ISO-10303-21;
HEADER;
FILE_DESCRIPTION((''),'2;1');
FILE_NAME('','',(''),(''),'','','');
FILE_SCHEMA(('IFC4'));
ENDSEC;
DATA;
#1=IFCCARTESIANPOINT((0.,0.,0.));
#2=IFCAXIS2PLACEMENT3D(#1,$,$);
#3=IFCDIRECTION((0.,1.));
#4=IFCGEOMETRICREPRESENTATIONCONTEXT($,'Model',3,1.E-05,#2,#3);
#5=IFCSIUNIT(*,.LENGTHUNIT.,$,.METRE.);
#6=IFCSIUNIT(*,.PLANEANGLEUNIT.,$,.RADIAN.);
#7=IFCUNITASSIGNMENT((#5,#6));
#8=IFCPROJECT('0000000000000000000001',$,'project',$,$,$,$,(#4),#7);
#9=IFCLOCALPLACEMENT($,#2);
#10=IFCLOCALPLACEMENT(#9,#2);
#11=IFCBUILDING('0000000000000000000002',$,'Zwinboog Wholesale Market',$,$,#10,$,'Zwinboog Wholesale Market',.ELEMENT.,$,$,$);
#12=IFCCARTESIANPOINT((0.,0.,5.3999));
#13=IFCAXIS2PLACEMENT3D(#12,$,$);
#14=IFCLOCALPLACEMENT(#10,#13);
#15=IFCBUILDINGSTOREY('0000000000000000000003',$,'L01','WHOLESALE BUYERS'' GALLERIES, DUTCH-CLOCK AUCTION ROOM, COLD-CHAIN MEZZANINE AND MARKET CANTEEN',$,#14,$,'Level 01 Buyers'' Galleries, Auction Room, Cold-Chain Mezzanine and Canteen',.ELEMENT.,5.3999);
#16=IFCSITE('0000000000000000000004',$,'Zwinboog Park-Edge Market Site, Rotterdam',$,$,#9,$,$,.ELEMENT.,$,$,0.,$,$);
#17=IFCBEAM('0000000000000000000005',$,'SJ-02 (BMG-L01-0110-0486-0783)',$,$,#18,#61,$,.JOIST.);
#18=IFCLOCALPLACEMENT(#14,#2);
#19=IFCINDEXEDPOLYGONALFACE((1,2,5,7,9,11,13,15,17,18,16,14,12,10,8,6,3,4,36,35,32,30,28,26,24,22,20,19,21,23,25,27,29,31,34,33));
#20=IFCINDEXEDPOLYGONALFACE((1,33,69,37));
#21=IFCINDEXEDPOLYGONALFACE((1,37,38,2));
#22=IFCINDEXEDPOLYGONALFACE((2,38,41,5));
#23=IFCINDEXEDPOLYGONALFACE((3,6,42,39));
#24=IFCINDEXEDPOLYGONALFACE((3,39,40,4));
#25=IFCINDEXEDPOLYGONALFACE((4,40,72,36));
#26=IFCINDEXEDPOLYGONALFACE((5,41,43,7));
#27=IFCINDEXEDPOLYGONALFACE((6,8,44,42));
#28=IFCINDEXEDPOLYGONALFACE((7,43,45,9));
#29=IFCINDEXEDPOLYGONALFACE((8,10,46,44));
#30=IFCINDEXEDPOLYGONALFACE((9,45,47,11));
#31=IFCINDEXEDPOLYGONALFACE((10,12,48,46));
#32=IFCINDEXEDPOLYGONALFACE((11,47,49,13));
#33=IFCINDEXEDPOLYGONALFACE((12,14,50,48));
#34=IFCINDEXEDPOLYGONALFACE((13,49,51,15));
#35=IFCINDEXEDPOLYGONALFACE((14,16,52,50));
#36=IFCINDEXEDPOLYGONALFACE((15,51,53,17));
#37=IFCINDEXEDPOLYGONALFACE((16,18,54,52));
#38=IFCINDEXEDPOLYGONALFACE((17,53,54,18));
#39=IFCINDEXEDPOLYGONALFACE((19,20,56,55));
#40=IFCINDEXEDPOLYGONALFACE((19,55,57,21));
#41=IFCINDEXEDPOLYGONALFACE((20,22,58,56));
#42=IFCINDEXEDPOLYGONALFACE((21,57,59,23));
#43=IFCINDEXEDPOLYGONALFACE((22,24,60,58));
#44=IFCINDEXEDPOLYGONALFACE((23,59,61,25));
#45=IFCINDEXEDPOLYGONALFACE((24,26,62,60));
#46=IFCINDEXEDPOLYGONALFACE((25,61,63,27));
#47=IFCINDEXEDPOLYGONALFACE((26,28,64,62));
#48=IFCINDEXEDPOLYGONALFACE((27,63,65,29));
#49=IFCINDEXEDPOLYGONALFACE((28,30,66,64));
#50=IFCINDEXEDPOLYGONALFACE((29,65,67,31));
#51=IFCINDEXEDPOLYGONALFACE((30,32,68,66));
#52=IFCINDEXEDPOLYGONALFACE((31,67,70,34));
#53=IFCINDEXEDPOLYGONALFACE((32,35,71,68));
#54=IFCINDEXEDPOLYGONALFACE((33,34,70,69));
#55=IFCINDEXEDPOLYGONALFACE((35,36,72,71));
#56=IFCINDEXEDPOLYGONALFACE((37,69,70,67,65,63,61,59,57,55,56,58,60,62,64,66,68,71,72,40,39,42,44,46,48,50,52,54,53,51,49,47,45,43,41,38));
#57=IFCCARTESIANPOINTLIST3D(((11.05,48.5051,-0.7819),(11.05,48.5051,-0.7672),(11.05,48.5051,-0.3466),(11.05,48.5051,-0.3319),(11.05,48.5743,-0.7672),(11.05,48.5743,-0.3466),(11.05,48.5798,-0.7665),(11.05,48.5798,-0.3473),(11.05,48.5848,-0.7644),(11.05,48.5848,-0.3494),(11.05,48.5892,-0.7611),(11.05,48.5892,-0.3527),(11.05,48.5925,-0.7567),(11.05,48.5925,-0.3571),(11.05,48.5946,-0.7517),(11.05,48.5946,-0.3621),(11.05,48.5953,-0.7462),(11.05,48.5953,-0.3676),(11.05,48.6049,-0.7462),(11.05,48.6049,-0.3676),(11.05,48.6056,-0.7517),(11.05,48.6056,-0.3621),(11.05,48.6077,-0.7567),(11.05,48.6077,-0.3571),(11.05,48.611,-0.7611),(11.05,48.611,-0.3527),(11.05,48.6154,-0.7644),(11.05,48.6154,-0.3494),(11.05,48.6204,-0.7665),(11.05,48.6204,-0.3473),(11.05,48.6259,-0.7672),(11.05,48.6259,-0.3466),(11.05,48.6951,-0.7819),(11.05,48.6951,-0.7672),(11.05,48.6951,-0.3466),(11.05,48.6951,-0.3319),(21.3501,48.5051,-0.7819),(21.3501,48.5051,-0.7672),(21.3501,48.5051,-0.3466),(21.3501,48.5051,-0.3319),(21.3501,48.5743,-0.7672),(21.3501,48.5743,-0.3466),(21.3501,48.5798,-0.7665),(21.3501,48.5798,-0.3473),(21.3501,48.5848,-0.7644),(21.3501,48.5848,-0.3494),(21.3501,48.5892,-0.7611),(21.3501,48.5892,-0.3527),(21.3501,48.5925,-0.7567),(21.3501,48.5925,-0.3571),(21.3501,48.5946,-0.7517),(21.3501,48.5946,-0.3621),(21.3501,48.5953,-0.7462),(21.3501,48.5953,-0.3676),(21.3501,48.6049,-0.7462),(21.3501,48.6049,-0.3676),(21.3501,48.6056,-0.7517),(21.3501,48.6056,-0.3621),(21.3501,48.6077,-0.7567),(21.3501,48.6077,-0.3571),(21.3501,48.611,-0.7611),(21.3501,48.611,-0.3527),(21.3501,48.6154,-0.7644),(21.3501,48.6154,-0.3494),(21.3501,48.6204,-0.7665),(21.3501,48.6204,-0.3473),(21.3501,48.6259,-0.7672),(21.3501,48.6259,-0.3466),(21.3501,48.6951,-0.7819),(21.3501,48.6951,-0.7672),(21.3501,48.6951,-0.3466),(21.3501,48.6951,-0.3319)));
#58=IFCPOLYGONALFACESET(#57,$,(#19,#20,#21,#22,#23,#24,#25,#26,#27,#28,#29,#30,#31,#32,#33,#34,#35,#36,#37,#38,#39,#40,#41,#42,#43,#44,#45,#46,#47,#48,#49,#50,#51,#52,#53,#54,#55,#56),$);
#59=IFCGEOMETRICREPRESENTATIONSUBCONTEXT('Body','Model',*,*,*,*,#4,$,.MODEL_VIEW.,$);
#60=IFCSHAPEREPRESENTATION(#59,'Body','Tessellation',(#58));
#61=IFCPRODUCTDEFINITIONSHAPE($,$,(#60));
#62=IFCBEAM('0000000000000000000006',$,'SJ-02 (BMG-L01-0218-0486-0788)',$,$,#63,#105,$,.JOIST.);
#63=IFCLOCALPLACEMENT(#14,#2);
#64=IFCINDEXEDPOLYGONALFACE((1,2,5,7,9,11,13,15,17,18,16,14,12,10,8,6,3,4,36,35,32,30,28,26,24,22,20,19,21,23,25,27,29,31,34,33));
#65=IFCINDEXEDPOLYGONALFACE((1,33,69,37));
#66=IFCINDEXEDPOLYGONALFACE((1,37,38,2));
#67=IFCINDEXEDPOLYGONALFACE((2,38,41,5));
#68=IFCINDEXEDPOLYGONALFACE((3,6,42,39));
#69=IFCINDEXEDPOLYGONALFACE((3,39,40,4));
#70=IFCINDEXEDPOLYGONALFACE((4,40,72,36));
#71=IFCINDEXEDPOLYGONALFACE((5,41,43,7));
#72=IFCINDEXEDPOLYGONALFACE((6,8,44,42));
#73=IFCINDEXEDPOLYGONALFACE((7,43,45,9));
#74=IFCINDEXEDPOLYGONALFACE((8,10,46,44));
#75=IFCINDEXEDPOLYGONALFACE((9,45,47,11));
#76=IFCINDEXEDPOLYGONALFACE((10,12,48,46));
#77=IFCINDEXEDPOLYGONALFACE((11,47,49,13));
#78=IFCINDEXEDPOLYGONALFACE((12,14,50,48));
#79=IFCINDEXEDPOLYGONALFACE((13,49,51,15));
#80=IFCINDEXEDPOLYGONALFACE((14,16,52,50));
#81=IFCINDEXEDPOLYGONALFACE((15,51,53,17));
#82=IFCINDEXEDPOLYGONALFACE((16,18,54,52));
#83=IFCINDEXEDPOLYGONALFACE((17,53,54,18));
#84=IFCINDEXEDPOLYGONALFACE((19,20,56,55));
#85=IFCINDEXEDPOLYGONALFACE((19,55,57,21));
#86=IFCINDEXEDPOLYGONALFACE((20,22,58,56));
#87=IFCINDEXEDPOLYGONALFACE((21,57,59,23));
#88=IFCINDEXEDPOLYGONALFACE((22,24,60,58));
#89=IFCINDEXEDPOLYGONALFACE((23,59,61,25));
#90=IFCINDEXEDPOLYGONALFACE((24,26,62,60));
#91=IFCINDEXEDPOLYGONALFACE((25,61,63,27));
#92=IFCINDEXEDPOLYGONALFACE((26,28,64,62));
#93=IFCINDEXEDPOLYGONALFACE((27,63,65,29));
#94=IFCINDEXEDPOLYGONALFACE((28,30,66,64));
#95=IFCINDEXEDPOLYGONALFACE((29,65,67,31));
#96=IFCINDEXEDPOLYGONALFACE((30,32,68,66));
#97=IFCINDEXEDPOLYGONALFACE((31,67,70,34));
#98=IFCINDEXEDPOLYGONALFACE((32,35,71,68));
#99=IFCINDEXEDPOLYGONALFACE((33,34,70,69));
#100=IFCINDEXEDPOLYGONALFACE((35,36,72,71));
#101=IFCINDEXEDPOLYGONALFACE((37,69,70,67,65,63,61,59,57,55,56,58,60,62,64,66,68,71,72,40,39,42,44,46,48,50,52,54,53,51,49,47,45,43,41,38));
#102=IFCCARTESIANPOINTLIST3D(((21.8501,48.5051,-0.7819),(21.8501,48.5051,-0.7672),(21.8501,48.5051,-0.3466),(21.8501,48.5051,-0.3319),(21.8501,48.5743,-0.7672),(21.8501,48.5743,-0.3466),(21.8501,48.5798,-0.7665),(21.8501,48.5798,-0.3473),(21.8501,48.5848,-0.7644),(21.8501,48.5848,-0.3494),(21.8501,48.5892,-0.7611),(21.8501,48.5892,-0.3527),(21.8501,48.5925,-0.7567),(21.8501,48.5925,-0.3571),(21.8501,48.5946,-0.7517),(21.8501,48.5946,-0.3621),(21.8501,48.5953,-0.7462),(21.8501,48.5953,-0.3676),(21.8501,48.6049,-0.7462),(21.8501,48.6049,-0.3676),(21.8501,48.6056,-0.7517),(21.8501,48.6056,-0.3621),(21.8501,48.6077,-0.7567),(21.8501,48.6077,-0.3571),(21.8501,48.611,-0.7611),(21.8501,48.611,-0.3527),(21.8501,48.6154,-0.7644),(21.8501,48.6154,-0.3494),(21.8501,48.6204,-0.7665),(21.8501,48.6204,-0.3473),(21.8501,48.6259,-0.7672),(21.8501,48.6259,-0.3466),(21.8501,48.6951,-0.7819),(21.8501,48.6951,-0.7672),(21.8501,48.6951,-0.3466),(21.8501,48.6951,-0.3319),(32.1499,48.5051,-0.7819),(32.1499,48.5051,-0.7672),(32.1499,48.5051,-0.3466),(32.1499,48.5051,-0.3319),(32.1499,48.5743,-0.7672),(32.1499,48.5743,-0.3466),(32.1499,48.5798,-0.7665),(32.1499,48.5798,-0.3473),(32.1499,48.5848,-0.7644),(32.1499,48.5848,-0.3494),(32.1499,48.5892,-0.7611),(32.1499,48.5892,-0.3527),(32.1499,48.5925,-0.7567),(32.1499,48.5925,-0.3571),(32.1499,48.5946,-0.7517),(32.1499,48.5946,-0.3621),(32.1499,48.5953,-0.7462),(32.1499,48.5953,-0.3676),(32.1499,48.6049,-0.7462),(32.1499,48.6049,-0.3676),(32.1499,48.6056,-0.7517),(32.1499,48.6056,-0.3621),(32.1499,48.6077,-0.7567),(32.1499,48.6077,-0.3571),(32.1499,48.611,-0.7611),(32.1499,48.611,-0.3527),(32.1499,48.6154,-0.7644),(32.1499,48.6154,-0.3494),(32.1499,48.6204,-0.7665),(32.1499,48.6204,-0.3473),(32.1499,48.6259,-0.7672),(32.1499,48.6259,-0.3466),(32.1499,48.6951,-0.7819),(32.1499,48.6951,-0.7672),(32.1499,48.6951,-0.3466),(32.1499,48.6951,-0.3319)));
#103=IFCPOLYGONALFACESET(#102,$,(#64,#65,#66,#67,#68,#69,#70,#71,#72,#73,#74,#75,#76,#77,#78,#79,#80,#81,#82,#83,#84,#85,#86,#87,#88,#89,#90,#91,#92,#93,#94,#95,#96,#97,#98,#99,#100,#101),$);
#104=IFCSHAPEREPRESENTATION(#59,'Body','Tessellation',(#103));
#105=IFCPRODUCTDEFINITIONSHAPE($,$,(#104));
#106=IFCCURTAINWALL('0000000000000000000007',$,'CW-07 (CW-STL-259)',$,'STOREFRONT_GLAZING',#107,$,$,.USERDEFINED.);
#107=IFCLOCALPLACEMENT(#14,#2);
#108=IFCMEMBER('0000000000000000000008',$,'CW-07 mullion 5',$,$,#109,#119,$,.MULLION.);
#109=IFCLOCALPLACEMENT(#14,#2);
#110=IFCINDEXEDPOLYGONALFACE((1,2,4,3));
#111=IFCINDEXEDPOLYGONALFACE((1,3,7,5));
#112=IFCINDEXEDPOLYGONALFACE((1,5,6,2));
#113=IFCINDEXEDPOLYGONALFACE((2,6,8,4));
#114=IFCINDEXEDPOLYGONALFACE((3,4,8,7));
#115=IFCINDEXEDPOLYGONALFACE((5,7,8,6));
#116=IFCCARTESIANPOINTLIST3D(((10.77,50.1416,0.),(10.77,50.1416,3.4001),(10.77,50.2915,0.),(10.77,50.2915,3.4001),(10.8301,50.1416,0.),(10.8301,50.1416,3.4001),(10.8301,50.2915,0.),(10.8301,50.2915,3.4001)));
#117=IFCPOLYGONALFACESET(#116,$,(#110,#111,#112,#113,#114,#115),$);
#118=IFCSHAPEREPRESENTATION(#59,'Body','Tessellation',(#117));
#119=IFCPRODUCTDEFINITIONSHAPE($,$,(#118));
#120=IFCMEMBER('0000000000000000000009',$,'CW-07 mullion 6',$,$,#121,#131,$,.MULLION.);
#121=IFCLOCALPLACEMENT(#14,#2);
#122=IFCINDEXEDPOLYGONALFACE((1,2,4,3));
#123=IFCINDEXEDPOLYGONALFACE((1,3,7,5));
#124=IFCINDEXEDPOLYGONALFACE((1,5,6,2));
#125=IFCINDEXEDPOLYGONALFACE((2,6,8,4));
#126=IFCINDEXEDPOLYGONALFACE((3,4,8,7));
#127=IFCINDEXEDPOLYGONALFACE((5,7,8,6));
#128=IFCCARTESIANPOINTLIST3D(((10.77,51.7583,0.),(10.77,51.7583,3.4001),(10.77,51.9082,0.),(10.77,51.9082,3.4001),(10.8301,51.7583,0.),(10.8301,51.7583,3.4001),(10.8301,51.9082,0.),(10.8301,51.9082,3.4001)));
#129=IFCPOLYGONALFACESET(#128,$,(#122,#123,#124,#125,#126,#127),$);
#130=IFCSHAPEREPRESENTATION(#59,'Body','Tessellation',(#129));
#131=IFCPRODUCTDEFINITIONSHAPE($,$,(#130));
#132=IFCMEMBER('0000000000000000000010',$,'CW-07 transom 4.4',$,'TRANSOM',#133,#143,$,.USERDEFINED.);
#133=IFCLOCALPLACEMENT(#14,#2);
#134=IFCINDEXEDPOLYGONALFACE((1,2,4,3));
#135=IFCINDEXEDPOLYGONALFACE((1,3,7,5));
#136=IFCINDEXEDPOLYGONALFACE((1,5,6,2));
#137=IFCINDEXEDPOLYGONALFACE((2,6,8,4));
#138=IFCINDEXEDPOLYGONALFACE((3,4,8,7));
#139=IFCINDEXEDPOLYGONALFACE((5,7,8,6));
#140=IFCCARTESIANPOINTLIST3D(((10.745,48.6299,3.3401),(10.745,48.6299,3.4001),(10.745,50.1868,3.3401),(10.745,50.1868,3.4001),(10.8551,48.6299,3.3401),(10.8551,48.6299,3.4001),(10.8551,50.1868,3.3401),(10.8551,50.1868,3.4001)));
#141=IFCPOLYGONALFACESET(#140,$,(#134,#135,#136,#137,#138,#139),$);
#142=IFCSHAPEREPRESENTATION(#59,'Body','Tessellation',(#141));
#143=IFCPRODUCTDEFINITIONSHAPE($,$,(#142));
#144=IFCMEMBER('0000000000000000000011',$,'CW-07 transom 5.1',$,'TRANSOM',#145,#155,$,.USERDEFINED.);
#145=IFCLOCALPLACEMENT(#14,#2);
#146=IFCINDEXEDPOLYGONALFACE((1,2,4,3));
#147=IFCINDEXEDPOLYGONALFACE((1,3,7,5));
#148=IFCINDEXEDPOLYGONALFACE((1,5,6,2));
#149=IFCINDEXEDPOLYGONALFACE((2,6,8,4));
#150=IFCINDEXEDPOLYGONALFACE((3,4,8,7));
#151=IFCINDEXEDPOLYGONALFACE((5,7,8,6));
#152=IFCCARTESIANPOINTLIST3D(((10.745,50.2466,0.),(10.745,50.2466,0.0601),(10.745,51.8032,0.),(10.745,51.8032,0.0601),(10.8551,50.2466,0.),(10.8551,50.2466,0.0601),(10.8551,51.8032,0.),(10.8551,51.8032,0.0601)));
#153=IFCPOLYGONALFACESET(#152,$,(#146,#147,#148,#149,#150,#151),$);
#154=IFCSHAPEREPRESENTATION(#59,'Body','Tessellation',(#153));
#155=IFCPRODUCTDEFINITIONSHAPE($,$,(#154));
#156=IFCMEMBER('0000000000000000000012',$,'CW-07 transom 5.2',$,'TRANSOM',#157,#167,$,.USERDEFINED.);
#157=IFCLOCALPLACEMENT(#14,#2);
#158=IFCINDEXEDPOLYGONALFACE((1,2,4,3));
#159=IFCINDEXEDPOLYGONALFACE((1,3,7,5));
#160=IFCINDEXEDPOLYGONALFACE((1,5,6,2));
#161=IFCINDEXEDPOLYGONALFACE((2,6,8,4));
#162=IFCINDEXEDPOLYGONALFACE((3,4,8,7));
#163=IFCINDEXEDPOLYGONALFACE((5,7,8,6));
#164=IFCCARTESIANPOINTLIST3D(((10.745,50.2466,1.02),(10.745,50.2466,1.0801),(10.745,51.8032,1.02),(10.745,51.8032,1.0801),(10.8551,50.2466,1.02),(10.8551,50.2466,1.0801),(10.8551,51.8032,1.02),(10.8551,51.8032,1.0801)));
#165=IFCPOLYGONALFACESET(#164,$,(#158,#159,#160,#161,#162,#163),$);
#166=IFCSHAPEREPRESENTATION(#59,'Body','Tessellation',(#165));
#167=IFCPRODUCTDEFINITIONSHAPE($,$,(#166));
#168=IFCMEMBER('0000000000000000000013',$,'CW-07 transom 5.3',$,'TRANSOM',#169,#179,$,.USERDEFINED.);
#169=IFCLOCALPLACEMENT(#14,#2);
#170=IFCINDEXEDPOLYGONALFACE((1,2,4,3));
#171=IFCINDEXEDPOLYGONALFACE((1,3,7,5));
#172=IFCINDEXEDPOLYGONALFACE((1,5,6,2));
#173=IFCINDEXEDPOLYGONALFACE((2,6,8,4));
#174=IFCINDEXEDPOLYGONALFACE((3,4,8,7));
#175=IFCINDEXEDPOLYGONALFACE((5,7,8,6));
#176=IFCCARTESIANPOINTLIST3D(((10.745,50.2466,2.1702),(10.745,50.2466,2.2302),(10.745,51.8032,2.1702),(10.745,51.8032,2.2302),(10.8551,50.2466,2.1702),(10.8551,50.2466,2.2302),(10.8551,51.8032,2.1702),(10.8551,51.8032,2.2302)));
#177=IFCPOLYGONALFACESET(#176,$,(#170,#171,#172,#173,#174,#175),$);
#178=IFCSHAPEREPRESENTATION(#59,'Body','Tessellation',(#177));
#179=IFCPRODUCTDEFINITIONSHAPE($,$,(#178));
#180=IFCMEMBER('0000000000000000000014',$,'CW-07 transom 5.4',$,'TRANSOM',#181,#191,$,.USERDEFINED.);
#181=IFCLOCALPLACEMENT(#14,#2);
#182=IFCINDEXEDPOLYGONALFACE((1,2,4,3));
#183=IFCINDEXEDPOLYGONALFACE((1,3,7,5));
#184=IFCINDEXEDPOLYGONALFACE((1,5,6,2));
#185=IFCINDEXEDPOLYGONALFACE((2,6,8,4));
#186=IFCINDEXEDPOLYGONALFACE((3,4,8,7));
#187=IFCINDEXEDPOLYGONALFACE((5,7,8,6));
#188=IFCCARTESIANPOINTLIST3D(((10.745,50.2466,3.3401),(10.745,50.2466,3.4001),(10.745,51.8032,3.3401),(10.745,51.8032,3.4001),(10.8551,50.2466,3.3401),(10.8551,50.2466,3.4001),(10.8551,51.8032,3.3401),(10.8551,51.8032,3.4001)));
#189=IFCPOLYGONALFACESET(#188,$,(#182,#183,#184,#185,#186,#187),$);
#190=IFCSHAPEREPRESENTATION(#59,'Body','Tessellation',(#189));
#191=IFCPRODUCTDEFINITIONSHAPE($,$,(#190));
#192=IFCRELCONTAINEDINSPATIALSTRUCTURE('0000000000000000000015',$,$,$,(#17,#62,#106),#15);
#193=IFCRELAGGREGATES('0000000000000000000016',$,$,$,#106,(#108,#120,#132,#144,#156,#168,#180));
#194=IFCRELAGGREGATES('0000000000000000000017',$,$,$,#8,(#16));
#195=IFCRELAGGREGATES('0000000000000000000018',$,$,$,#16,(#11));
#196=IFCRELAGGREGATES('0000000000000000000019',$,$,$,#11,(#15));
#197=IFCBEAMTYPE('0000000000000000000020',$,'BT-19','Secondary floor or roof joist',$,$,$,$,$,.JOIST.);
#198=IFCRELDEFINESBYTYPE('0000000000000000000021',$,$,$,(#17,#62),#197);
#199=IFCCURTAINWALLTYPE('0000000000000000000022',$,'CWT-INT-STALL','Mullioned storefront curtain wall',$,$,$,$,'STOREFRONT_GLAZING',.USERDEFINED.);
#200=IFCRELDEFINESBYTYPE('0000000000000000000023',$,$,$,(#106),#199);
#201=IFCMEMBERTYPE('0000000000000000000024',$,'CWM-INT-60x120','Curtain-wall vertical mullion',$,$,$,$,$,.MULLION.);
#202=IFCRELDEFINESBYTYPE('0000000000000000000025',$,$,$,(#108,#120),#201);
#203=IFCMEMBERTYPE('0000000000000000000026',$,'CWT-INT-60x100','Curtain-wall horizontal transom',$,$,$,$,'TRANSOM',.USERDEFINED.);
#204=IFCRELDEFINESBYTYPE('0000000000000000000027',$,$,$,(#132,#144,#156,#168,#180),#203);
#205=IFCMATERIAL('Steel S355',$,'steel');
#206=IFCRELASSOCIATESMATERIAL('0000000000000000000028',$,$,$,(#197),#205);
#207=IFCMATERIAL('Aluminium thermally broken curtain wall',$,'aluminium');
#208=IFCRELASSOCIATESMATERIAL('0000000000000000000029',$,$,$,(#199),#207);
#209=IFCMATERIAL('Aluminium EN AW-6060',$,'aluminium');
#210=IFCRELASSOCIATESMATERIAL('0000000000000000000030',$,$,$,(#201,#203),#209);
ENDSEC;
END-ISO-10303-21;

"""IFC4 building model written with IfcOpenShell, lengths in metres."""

from ifc_helpers import new_model, si_unit, direction, frame, origin, origin_2d, place, context, subcontext, project, spatial, rectangle, i_section, extrude, material, material_profile, profile_set, type_object, element, aggregate, save


model = new_model("IFC4")

# Units and contexts
model_context = context("Model", 3, precision=1e-05, world=origin(), true_north=direction((0.0, 1.0)))
body_context = subcontext(model_context, "Body", "Model", "MODEL_VIEW")
ifc_project = project(units=[si_unit("LENGTHUNIT", "METRE"), si_unit("PLANEANGLEUNIT", "RADIAN")], contexts=[model_context])

# Site, building, storey
site_placement = place(None, origin())
site = spatial("IfcSite", under=ifc_project, at=site_placement, Name="Zwinboog Park-Edge Market Site, Rotterdam", CompositionType="ELEMENT", RefElevation=0.0)
building_placement = place(site_placement, origin())
building = spatial("IfcBuilding", under=site, at=building_placement, Name="Zwinboog Wholesale Market", LongName="Zwinboog Wholesale Market", CompositionType="ELEMENT")
storey_placement = place(building_placement, frame((0.0, 0.0, 5.3999)))
storey = spatial("IfcBuildingStorey", under=building, at=storey_placement, Name="L01", Description="WHOLESALE BUYERS' GALLERIES, DUTCH-CLOCK AUCTION ROOM, COLD-CHAIN MEZZANINE AND MARKET CANTEEN", LongName="Level 01 Buyers' Galleries, Auction Room, Cold-Chain Mezzanine and Canteen", CompositionType="ELEMENT", Elevation=5.3999)

# Beams
ifc_material_1 = material(Name="Steel S355", Category="steel")
ifc_material_profile_1 = material_profile(ifc_material_1, i_section(OverallWidth=0.1899, OverallDepth=0.45, WebThickness=0.0095, FlangeThickness=0.0146, FilletRadius=0.021, at=origin_2d()), Name="IPE 450")
ifc_profile_set_1 = profile_set([ifc_material_profile_1], Name="Steel S355")
beam_type = type_object("IfcBeamType", Name="BT-19", Description="Secondary floor or roof joist", PredefinedType="JOIST", material=ifc_profile_set_1)
beam_1_placement = place(storey_placement, frame((11.05, 48.6001, -0.5569), z_axis=(1.0, 0.0, 0.0), x_axis=(0.0, 1.0, 0.0)))
element("IfcBeam", 1, at=beam_1_placement, inside=storey, type_object=beam_type, Name="SJ-02 (BMG-L01-0110-0486-0783)", PredefinedType="JOIST", context=body_context, shape_type="SweptSolid", body=[
    extrude(i_section(OverallWidth=0.1899, OverallDepth=0.45, WebThickness=0.0095, FlangeThickness=0.0146, FilletRadius=0.021, at=origin_2d()), origin(), (0.0, 0.0, 1.0), 10.3),
])
beam_2_placement = place(storey_placement, frame((21.8501, 48.6001, -0.5569), z_axis=(1.0, 0.0, 0.0), x_axis=(0.0, 1.0, 0.0)))
element("IfcBeam", 2, at=beam_2_placement, inside=storey, type_object=beam_type, Name="SJ-02 (BMG-L01-0218-0486-0788)", PredefinedType="JOIST", context=body_context, shape_type="SweptSolid", body=[
    extrude(i_section(OverallWidth=0.1899, OverallDepth=0.45, WebThickness=0.0095, FlangeThickness=0.0146, FilletRadius=0.021, at=origin_2d()), origin(), (0.0, 0.0, 1.0), 10.2998),
])

# Curtain wall, members
ifc_material_2 = material(Name="Aluminium thermally broken curtain wall", Category="aluminium")
curtain_wall_type = type_object("IfcCurtainWallType", Name="CWT-INT-STALL", Description="Mullioned storefront curtain wall", ElementType="STOREFRONT_GLAZING", PredefinedType="USERDEFINED", material=ifc_material_2)
curtain_wall_placement = place(storey_placement, origin())
curtain_wall = element("IfcCurtainWall", 3, at=curtain_wall_placement, inside=storey, type_object=curtain_wall_type, Name="CW-07 (CW-STL-259)", ObjectType="STOREFRONT_GLAZING", PredefinedType="USERDEFINED")
ifc_material_3 = material(Name="Aluminium EN AW-6060", Category="aluminium")
ifc_material_profile_2 = material_profile(ifc_material_3, rectangle(XDim=0.0601, YDim=0.1499, at=origin_2d()), Name="AL 60x150")
ifc_profile_set_2 = profile_set([ifc_material_profile_2], Name="Aluminium EN AW-6060")
member_type_1 = type_object("IfcMemberType", Name="CWM-INT-60x120", Description="Curtain-wall vertical mullion", PredefinedType="MULLION", material=ifc_profile_set_2)
member_1_placement = place(storey_placement, frame((10.8, 50.2166, 0.0), z_axis=(0.0, 0.0, 1.0), x_axis=(-1.0, 0.0, 0.0)))
member_1 = element("IfcMember", 4, at=member_1_placement, type_object=member_type_1, Name="CW-07 mullion 5", PredefinedType="MULLION", context=body_context, shape_type="SweptSolid", body=[
    extrude(rectangle(XDim=0.0601, YDim=0.1499, at=origin_2d()), origin(), (0.0, 0.0, 1.0), 3.4001),
])
member_2_placement = place(storey_placement, frame((10.8, 51.8333, 0.0), z_axis=(0.0, 0.0, 1.0), x_axis=(-1.0, 0.0, 0.0)))
member_2 = element("IfcMember", 5, at=member_2_placement, type_object=member_type_1, Name="CW-07 mullion 6", PredefinedType="MULLION", context=body_context, shape_type="SweptSolid", body=[
    extrude(rectangle(XDim=0.0601, YDim=0.1499, at=origin_2d()), origin(), (0.0, 0.0, 1.0), 3.4001),
])
ifc_material_profile_3 = material_profile(ifc_material_3, rectangle(XDim=0.1101, YDim=0.0601, at=origin_2d()), Name="AL 60x110")
ifc_profile_set_3 = profile_set([ifc_material_profile_3], Name="Aluminium EN AW-6060")
member_type_2 = type_object("IfcMemberType", Name="CWT-INT-60x100", Description="Curtain-wall horizontal transom", ElementType="TRANSOM", PredefinedType="USERDEFINED", material=ifc_profile_set_3)
member_3_placement = place(storey_placement, frame((10.8, 48.6299, 3.3701), z_axis=(0.0, 1.0, 0.0), x_axis=(-1.0, 0.0, 0.0)))
member_3 = element("IfcMember", 6, at=member_3_placement, type_object=member_type_2, Name="CW-07 transom 4.4", ObjectType="TRANSOM", PredefinedType="USERDEFINED", context=body_context, shape_type="SweptSolid", body=[
    extrude(rectangle(XDim=0.1101, YDim=0.0601, at=origin_2d()), origin(), (0.0, 0.0, 1.0), 1.5569),
])
member_4_placement = place(storey_placement, frame((10.8, 50.2466, 0.03), z_axis=(0.0, 1.0, 0.0), x_axis=(-1.0, 0.0, 0.0)))
member_4 = element("IfcMember", 7, at=member_4_placement, type_object=member_type_2, Name="CW-07 transom 5.1", ObjectType="TRANSOM", PredefinedType="USERDEFINED", context=body_context, shape_type="SweptSolid", body=[
    extrude(rectangle(XDim=0.1101, YDim=0.0601, at=origin_2d()), origin(), (0.0, 0.0, 1.0), 1.5566),
])
member_5_placement = place(storey_placement, frame((10.8, 50.2466, 1.05), z_axis=(0.0, 1.0, 0.0), x_axis=(-1.0, 0.0, 0.0)))
member_5 = element("IfcMember", 8, at=member_5_placement, type_object=member_type_2, Name="CW-07 transom 5.2", ObjectType="TRANSOM", PredefinedType="USERDEFINED", context=body_context, shape_type="SweptSolid", body=[
    extrude(rectangle(XDim=0.1101, YDim=0.0601, at=origin_2d()), origin(), (0.0, 0.0, 1.0), 1.5566),
])
member_6_placement = place(storey_placement, frame((10.8, 50.2466, 2.2002), z_axis=(0.0, 1.0, 0.0), x_axis=(-1.0, 0.0, 0.0)))
member_6 = element("IfcMember", 9, at=member_6_placement, type_object=member_type_2, Name="CW-07 transom 5.3", ObjectType="TRANSOM", PredefinedType="USERDEFINED", context=body_context, shape_type="SweptSolid", body=[
    extrude(rectangle(XDim=0.1101, YDim=0.0601, at=origin_2d()), origin(), (0.0, 0.0, 1.0), 1.5566),
])
member_7_placement = place(storey_placement, frame((10.8, 50.2466, 3.3701), z_axis=(0.0, 1.0, 0.0), x_axis=(-1.0, 0.0, 0.0)))
member_7 = element("IfcMember", 10, at=member_7_placement, type_object=member_type_2, Name="CW-07 transom 5.4", ObjectType="TRANSOM", PredefinedType="USERDEFINED", context=body_context, shape_type="SweptSolid", body=[
    extrude(rectangle(XDim=0.1101, YDim=0.0601, at=origin_2d()), origin(), (0.0, 0.0, 1.0), 1.5566),
])
aggregate(curtain_wall, [member_1, member_2, member_3, member_4, member_5, member_6, member_7])

save(model, "model.ifc")
